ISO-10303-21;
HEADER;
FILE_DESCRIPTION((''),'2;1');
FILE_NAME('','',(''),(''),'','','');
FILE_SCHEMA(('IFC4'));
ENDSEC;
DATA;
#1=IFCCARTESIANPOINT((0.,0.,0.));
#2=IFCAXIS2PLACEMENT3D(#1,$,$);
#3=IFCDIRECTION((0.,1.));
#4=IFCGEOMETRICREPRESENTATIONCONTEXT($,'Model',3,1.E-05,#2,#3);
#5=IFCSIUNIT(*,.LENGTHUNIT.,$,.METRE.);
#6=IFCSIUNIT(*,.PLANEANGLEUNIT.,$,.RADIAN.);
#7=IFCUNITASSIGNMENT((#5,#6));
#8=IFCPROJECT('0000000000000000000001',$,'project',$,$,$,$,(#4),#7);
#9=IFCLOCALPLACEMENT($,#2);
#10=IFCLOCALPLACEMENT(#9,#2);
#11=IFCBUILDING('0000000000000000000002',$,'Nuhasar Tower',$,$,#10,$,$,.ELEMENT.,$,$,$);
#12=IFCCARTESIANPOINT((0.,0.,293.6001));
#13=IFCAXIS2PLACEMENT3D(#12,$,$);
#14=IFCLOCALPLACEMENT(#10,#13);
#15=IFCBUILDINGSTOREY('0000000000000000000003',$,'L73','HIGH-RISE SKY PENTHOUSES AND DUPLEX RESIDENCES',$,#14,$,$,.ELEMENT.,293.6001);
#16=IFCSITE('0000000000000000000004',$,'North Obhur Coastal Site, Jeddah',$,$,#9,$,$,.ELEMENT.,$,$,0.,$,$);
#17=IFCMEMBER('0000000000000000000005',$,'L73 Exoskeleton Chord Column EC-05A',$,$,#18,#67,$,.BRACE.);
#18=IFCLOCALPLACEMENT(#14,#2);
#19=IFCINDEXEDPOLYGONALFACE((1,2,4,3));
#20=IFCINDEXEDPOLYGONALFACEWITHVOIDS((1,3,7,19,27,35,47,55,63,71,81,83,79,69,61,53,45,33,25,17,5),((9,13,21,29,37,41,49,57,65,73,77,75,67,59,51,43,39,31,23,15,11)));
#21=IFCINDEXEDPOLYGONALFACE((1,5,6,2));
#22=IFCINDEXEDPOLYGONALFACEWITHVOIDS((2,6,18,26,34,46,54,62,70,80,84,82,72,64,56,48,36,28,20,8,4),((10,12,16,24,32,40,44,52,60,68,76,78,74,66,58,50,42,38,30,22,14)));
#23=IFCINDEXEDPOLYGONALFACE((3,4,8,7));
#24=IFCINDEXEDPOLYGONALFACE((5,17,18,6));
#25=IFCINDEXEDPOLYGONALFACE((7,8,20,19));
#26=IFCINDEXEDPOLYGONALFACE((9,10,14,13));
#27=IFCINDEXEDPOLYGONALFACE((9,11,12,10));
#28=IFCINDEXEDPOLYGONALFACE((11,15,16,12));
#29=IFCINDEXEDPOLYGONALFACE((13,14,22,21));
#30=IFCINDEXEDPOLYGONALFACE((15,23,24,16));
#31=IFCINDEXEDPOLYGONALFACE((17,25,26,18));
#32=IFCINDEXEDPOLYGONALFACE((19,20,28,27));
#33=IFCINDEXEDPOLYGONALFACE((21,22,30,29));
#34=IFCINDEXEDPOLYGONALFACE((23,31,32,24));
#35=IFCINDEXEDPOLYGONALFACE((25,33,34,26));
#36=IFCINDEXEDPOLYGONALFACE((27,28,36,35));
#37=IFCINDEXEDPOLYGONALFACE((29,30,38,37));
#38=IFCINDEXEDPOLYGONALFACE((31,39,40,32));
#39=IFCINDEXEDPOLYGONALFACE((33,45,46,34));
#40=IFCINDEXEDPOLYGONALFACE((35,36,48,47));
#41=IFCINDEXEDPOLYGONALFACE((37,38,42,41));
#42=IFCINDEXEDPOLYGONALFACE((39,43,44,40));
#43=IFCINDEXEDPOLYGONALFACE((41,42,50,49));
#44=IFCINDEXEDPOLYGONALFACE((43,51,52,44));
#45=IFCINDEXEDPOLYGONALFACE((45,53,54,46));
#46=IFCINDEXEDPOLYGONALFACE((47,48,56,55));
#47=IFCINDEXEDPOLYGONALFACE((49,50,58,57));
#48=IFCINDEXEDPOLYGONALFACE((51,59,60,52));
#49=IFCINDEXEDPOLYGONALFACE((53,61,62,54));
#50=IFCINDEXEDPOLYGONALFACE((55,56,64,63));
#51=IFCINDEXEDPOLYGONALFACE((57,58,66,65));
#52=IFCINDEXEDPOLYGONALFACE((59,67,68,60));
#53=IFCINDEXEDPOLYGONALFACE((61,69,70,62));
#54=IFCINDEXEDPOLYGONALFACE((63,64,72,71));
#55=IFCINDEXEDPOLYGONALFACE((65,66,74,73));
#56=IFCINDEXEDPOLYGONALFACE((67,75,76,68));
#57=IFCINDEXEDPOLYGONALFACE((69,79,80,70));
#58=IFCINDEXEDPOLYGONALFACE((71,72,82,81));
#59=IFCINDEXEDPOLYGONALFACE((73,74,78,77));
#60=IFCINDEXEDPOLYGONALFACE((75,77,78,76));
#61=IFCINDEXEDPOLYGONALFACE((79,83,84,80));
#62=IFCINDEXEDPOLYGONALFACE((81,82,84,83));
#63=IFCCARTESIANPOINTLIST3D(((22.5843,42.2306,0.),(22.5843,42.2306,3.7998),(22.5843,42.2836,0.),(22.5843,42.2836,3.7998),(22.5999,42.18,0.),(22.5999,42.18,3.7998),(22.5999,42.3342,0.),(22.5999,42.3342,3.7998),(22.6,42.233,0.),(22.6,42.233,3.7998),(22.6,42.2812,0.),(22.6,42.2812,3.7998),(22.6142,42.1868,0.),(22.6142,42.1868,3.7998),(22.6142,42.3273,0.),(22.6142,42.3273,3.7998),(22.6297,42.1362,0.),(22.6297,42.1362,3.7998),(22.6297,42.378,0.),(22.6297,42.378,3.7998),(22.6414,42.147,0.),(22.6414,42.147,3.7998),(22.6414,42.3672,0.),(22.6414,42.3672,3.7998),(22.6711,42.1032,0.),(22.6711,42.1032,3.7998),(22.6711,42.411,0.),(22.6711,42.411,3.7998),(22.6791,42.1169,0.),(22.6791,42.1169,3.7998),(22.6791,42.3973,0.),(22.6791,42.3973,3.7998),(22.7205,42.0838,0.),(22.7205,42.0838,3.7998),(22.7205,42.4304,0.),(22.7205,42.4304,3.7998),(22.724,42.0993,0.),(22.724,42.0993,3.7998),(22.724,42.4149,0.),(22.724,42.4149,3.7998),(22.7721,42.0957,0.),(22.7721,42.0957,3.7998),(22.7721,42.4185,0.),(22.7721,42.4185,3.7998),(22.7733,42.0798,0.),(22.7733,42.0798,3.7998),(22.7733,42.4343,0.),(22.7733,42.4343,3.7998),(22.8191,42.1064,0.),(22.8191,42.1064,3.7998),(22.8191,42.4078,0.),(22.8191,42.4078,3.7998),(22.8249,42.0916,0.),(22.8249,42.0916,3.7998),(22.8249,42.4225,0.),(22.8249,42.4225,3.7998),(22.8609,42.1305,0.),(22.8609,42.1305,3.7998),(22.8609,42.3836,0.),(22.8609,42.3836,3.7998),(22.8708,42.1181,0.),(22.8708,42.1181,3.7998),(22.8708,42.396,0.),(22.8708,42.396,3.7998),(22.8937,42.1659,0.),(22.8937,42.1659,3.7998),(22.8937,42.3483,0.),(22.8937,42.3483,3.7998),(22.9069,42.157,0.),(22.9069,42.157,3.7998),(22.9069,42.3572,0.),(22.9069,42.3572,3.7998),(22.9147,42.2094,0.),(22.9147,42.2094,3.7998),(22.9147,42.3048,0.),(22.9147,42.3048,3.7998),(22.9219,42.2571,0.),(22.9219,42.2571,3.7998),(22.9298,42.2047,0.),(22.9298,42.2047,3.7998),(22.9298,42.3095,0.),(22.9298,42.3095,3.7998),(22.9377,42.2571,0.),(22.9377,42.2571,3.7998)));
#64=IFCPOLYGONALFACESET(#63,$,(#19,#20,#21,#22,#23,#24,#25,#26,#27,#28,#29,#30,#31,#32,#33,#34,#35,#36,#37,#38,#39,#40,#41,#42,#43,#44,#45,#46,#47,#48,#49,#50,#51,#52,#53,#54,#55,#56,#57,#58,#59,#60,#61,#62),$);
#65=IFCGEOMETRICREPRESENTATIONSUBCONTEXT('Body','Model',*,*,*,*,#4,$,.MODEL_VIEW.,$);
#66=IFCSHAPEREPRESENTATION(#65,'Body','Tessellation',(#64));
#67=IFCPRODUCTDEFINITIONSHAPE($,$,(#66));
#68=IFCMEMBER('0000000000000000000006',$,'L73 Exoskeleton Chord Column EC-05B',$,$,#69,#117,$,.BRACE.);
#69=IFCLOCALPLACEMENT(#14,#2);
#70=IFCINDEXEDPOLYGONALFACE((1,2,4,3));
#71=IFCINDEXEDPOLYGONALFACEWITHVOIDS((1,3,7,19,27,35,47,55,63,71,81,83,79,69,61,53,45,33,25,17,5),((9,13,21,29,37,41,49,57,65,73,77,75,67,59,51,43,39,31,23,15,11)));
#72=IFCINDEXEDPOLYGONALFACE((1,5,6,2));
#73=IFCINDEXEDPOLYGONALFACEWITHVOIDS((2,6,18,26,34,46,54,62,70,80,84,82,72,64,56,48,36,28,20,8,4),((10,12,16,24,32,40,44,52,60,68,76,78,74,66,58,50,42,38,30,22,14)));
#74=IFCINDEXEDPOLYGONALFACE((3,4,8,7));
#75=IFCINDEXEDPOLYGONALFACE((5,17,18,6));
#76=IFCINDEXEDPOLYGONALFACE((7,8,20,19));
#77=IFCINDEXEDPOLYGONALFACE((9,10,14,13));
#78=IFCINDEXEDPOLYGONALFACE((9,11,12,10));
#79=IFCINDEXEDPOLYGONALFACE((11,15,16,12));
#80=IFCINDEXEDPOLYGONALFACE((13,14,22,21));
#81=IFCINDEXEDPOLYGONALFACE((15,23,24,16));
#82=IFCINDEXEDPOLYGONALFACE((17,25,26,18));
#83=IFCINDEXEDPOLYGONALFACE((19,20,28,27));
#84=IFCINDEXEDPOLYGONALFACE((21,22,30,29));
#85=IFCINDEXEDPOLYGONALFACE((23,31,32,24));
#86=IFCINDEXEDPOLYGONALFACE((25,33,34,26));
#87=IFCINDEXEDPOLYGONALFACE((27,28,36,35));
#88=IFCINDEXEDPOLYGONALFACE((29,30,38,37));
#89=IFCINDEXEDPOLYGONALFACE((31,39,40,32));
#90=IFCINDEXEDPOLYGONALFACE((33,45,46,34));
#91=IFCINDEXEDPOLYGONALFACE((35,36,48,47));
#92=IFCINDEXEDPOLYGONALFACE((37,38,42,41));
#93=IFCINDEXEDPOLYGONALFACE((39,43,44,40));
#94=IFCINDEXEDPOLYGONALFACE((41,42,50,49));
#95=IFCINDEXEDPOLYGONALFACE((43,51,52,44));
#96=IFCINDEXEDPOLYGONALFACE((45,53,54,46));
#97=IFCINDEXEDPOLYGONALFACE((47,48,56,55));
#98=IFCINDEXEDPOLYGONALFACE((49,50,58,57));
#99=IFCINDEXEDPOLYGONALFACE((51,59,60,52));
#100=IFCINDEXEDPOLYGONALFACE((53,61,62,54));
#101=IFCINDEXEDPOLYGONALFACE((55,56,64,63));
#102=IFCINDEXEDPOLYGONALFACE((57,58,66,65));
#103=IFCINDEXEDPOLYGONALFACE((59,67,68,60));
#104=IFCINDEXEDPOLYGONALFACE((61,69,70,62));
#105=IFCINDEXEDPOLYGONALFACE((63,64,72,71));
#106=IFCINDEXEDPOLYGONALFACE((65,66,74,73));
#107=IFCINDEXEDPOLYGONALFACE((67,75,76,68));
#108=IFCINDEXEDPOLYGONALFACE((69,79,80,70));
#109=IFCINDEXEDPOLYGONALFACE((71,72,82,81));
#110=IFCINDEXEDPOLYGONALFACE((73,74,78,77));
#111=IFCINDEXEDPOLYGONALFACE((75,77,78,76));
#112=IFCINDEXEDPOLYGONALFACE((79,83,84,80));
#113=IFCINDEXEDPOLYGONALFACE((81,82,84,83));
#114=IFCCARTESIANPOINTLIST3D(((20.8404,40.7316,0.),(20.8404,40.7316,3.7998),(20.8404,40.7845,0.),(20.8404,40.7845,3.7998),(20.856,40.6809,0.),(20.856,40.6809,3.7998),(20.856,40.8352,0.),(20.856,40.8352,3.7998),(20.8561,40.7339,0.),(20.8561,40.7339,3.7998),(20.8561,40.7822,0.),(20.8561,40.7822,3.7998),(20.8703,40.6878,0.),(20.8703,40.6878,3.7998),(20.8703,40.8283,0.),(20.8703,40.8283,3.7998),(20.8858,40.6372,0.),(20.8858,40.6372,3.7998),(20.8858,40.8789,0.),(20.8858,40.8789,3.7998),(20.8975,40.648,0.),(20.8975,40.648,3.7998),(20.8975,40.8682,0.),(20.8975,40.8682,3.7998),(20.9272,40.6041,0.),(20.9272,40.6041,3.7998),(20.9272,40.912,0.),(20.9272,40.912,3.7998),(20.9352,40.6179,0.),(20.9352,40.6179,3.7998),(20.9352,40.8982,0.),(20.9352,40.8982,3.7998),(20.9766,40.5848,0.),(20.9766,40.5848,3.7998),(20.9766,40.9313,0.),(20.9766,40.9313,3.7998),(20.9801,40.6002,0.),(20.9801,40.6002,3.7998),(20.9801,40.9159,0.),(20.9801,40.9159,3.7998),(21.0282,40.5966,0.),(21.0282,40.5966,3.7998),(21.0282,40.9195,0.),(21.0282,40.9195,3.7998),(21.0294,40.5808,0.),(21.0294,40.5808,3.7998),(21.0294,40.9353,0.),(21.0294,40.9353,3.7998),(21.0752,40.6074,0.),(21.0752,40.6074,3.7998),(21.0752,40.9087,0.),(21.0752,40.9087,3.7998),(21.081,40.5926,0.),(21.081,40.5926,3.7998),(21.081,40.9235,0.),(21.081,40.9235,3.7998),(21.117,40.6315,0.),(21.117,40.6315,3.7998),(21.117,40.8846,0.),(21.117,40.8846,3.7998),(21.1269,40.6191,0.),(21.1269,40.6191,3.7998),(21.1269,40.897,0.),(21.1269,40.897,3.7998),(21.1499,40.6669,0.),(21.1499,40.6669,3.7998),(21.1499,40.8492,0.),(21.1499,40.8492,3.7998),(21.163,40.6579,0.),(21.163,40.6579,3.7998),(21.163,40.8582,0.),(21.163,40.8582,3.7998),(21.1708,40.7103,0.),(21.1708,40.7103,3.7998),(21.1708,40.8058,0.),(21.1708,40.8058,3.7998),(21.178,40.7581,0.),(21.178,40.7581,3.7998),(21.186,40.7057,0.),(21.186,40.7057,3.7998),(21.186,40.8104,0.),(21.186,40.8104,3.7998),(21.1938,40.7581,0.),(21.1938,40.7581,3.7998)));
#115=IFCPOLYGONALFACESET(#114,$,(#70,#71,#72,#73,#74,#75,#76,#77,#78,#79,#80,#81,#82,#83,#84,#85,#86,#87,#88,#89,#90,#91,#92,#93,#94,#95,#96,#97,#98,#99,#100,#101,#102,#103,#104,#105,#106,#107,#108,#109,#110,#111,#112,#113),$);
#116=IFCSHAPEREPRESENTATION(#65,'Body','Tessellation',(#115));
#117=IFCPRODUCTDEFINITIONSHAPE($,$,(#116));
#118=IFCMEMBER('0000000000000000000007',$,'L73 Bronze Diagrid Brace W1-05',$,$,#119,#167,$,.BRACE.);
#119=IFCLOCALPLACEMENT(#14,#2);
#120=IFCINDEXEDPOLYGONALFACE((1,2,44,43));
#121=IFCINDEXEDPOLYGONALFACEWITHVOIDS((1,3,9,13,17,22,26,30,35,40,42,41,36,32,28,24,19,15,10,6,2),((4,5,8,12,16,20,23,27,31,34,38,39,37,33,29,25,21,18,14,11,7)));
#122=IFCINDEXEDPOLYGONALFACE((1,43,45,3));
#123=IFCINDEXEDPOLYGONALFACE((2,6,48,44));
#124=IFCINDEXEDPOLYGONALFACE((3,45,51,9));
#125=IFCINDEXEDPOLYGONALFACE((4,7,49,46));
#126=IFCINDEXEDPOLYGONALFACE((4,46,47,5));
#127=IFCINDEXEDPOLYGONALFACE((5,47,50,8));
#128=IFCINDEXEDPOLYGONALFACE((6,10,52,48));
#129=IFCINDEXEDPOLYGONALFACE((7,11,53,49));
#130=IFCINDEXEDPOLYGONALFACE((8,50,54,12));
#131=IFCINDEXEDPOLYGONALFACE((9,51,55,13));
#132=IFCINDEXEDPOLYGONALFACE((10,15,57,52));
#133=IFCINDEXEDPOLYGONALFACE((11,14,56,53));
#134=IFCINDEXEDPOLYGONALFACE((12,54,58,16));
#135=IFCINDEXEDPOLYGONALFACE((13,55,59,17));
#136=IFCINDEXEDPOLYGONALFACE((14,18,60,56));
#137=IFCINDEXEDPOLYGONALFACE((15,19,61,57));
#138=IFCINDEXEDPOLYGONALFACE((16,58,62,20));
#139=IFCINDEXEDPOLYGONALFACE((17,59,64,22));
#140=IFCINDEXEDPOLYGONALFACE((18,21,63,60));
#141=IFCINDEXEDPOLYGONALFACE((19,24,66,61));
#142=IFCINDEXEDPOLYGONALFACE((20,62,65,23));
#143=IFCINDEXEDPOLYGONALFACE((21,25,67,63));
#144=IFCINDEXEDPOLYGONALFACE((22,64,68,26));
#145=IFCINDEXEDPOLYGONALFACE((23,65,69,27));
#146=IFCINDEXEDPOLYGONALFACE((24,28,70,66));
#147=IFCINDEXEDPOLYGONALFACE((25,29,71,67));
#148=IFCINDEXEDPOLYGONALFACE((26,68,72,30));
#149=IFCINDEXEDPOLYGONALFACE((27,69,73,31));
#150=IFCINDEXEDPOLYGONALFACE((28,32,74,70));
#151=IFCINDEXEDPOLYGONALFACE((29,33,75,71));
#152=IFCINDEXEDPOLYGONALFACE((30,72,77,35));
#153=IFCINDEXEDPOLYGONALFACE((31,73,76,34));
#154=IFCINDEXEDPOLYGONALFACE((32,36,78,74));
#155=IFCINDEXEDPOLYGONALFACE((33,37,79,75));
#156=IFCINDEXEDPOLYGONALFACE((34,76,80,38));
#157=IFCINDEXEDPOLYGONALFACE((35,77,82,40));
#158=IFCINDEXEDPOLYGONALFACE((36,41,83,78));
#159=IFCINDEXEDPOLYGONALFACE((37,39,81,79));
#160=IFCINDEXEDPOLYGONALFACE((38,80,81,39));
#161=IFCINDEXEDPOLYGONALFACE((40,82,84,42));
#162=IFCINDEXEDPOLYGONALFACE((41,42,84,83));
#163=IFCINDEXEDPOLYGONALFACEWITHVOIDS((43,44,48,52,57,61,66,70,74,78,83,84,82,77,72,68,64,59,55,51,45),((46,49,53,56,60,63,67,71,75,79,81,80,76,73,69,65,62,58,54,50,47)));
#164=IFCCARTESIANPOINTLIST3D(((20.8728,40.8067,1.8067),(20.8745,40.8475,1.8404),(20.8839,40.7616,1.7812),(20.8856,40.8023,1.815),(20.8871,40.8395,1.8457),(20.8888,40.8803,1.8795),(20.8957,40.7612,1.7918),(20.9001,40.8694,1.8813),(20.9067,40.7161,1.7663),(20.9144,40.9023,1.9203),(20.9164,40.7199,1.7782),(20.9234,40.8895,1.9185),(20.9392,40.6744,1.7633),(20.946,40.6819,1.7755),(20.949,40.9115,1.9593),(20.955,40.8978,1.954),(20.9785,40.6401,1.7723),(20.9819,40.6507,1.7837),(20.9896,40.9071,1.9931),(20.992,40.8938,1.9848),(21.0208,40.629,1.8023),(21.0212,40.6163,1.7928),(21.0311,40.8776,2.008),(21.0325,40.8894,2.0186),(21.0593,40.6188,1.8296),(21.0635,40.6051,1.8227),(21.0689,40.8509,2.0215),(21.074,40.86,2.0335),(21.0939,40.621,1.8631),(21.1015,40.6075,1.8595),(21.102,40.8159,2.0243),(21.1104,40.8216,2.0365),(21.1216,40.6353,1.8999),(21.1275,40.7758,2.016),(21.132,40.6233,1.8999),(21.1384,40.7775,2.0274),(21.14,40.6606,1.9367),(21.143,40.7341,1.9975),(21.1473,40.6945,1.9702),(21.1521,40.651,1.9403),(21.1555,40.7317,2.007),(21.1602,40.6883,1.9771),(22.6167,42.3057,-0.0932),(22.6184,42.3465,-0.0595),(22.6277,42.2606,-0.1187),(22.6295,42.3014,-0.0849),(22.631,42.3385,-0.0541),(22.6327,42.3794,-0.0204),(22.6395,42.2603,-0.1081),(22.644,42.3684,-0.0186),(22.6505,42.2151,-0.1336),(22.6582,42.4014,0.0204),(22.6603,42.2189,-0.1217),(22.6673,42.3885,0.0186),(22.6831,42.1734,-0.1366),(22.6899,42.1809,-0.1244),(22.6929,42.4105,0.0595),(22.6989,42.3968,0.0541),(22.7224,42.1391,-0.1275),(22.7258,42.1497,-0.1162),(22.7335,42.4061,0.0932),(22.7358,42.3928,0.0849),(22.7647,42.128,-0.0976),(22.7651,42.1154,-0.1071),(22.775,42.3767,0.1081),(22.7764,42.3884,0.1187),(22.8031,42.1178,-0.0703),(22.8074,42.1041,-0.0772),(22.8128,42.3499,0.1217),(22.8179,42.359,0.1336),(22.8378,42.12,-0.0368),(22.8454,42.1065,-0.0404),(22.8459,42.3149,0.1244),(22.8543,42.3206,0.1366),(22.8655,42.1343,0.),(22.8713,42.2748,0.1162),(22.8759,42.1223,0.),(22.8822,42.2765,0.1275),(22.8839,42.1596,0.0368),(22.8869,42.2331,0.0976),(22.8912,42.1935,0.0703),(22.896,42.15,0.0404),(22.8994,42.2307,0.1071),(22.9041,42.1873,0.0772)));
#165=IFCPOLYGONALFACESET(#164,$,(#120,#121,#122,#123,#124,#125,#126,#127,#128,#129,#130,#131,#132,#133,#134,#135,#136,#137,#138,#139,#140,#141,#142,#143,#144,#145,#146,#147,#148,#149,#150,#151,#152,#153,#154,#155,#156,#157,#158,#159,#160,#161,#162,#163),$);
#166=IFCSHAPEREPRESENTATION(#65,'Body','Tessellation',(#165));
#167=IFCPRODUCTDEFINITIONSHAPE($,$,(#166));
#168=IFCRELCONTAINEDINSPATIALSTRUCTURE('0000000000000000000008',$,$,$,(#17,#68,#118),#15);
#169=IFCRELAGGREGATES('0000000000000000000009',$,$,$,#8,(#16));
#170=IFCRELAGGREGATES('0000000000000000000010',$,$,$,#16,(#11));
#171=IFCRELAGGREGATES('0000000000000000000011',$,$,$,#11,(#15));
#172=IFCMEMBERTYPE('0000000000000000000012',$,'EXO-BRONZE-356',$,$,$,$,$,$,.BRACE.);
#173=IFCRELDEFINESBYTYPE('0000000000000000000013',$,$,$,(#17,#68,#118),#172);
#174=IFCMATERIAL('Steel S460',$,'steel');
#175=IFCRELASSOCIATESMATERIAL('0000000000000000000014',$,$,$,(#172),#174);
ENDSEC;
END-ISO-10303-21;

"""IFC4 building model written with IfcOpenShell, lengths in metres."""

from ifc_helpers import new_model, si_unit, direction, frame, origin, origin_2d, place, context, subcontext, project, spatial, hollow_circle, extrude, material, material_profile, profile_set, type_object, element, save


model = new_model("IFC4")

# Units and contexts
model_context = context("Model", 3, precision=1e-05, world=origin(), true_north=direction((0.0, 1.0)))
body_context = subcontext(model_context, "Body", "Model", "MODEL_VIEW")
ifc_project = project(units=[si_unit("LENGTHUNIT", "METRE"), si_unit("PLANEANGLEUNIT", "RADIAN")], contexts=[model_context])

# Site, building, storey
site_placement = place(None, origin())
site = spatial("IfcSite", under=ifc_project, at=site_placement, Name="North Obhur Coastal Site, Jeddah", CompositionType="ELEMENT", RefElevation=0.0)
building_placement = place(site_placement, origin())
building = spatial("IfcBuilding", under=site, at=building_placement, Name="Nuhasar Tower", CompositionType="ELEMENT")
storey_placement = place(building_placement, frame((0.0, 0.0, 293.6001)))
storey = spatial("IfcBuildingStorey", under=building, at=storey_placement, Name="L73", Description="HIGH-RISE SKY PENTHOUSES AND DUPLEX RESIDENCES", CompositionType="ELEMENT", Elevation=293.6001)

# Members
ifc_material_1 = material(Name="Steel S460", Category="steel")
ifc_material_profile_1 = material_profile(ifc_material_1, hollow_circle(Radius=0.1777, WallThickness=0.0159, at=origin_2d()), Name="HSS355.6X15.9")
ifc_profile_set_1 = profile_set([ifc_material_profile_1], Name="Steel S460")
member_type_1 = type_object("IfcMemberType", Name="EXO-BRONZE-356", PredefinedType="BRACE", material=ifc_profile_set_1)
for number, where, z_axis, x_axis, name in (
    (1, (22.76, 42.2571, 0.0), (0.0, 0.0, 1.0), (1.0, 0.0, 0.0), "L73 Exoskeleton Chord Column EC-05A"),
    (2, (21.0161, 40.7581, 0.0), (0.0, 0.0, 1.0), (1.0, 0.0, 0.0), "L73 Exoskeleton Chord Column EC-05B"),
):
    element("IfcMember", number, at=place(storey_placement, frame(where, z_axis=z_axis, x_axis=x_axis)), inside=storey, type_object=member_type_1, Name=name, PredefinedType="BRACE", context=body_context, shape_type="SweptSolid", body=[
        extrude(hollow_circle(Radius=0.1777, WallThickness=0.0159, at=origin_2d()), origin(), (0.0, 0.0, 1.0), 3.7998),
    ])
for number, where, z_axis, x_axis, name in (
    (3, (22.76, 42.2571, 0.0), (-0.584625, -0.502534, 0.636925), (0.651857, -0.758342, 0.0), "L73 Bronze Diagrid Brace W1-05"),
):
    element("IfcMember", number, at=place(storey_placement, frame(where, z_axis=z_axis, x_axis=x_axis)), inside=storey, type_object=member_type_1, Name=name, PredefinedType="BRACE", context=body_context, shape_type="SweptSolid", body=[
        extrude(hollow_circle(Radius=0.1777, WallThickness=0.0159, at=origin_2d()), origin(), (0.0, 0.0, 1.0), 2.9829),
    ])

save(model, "model.ifc")
